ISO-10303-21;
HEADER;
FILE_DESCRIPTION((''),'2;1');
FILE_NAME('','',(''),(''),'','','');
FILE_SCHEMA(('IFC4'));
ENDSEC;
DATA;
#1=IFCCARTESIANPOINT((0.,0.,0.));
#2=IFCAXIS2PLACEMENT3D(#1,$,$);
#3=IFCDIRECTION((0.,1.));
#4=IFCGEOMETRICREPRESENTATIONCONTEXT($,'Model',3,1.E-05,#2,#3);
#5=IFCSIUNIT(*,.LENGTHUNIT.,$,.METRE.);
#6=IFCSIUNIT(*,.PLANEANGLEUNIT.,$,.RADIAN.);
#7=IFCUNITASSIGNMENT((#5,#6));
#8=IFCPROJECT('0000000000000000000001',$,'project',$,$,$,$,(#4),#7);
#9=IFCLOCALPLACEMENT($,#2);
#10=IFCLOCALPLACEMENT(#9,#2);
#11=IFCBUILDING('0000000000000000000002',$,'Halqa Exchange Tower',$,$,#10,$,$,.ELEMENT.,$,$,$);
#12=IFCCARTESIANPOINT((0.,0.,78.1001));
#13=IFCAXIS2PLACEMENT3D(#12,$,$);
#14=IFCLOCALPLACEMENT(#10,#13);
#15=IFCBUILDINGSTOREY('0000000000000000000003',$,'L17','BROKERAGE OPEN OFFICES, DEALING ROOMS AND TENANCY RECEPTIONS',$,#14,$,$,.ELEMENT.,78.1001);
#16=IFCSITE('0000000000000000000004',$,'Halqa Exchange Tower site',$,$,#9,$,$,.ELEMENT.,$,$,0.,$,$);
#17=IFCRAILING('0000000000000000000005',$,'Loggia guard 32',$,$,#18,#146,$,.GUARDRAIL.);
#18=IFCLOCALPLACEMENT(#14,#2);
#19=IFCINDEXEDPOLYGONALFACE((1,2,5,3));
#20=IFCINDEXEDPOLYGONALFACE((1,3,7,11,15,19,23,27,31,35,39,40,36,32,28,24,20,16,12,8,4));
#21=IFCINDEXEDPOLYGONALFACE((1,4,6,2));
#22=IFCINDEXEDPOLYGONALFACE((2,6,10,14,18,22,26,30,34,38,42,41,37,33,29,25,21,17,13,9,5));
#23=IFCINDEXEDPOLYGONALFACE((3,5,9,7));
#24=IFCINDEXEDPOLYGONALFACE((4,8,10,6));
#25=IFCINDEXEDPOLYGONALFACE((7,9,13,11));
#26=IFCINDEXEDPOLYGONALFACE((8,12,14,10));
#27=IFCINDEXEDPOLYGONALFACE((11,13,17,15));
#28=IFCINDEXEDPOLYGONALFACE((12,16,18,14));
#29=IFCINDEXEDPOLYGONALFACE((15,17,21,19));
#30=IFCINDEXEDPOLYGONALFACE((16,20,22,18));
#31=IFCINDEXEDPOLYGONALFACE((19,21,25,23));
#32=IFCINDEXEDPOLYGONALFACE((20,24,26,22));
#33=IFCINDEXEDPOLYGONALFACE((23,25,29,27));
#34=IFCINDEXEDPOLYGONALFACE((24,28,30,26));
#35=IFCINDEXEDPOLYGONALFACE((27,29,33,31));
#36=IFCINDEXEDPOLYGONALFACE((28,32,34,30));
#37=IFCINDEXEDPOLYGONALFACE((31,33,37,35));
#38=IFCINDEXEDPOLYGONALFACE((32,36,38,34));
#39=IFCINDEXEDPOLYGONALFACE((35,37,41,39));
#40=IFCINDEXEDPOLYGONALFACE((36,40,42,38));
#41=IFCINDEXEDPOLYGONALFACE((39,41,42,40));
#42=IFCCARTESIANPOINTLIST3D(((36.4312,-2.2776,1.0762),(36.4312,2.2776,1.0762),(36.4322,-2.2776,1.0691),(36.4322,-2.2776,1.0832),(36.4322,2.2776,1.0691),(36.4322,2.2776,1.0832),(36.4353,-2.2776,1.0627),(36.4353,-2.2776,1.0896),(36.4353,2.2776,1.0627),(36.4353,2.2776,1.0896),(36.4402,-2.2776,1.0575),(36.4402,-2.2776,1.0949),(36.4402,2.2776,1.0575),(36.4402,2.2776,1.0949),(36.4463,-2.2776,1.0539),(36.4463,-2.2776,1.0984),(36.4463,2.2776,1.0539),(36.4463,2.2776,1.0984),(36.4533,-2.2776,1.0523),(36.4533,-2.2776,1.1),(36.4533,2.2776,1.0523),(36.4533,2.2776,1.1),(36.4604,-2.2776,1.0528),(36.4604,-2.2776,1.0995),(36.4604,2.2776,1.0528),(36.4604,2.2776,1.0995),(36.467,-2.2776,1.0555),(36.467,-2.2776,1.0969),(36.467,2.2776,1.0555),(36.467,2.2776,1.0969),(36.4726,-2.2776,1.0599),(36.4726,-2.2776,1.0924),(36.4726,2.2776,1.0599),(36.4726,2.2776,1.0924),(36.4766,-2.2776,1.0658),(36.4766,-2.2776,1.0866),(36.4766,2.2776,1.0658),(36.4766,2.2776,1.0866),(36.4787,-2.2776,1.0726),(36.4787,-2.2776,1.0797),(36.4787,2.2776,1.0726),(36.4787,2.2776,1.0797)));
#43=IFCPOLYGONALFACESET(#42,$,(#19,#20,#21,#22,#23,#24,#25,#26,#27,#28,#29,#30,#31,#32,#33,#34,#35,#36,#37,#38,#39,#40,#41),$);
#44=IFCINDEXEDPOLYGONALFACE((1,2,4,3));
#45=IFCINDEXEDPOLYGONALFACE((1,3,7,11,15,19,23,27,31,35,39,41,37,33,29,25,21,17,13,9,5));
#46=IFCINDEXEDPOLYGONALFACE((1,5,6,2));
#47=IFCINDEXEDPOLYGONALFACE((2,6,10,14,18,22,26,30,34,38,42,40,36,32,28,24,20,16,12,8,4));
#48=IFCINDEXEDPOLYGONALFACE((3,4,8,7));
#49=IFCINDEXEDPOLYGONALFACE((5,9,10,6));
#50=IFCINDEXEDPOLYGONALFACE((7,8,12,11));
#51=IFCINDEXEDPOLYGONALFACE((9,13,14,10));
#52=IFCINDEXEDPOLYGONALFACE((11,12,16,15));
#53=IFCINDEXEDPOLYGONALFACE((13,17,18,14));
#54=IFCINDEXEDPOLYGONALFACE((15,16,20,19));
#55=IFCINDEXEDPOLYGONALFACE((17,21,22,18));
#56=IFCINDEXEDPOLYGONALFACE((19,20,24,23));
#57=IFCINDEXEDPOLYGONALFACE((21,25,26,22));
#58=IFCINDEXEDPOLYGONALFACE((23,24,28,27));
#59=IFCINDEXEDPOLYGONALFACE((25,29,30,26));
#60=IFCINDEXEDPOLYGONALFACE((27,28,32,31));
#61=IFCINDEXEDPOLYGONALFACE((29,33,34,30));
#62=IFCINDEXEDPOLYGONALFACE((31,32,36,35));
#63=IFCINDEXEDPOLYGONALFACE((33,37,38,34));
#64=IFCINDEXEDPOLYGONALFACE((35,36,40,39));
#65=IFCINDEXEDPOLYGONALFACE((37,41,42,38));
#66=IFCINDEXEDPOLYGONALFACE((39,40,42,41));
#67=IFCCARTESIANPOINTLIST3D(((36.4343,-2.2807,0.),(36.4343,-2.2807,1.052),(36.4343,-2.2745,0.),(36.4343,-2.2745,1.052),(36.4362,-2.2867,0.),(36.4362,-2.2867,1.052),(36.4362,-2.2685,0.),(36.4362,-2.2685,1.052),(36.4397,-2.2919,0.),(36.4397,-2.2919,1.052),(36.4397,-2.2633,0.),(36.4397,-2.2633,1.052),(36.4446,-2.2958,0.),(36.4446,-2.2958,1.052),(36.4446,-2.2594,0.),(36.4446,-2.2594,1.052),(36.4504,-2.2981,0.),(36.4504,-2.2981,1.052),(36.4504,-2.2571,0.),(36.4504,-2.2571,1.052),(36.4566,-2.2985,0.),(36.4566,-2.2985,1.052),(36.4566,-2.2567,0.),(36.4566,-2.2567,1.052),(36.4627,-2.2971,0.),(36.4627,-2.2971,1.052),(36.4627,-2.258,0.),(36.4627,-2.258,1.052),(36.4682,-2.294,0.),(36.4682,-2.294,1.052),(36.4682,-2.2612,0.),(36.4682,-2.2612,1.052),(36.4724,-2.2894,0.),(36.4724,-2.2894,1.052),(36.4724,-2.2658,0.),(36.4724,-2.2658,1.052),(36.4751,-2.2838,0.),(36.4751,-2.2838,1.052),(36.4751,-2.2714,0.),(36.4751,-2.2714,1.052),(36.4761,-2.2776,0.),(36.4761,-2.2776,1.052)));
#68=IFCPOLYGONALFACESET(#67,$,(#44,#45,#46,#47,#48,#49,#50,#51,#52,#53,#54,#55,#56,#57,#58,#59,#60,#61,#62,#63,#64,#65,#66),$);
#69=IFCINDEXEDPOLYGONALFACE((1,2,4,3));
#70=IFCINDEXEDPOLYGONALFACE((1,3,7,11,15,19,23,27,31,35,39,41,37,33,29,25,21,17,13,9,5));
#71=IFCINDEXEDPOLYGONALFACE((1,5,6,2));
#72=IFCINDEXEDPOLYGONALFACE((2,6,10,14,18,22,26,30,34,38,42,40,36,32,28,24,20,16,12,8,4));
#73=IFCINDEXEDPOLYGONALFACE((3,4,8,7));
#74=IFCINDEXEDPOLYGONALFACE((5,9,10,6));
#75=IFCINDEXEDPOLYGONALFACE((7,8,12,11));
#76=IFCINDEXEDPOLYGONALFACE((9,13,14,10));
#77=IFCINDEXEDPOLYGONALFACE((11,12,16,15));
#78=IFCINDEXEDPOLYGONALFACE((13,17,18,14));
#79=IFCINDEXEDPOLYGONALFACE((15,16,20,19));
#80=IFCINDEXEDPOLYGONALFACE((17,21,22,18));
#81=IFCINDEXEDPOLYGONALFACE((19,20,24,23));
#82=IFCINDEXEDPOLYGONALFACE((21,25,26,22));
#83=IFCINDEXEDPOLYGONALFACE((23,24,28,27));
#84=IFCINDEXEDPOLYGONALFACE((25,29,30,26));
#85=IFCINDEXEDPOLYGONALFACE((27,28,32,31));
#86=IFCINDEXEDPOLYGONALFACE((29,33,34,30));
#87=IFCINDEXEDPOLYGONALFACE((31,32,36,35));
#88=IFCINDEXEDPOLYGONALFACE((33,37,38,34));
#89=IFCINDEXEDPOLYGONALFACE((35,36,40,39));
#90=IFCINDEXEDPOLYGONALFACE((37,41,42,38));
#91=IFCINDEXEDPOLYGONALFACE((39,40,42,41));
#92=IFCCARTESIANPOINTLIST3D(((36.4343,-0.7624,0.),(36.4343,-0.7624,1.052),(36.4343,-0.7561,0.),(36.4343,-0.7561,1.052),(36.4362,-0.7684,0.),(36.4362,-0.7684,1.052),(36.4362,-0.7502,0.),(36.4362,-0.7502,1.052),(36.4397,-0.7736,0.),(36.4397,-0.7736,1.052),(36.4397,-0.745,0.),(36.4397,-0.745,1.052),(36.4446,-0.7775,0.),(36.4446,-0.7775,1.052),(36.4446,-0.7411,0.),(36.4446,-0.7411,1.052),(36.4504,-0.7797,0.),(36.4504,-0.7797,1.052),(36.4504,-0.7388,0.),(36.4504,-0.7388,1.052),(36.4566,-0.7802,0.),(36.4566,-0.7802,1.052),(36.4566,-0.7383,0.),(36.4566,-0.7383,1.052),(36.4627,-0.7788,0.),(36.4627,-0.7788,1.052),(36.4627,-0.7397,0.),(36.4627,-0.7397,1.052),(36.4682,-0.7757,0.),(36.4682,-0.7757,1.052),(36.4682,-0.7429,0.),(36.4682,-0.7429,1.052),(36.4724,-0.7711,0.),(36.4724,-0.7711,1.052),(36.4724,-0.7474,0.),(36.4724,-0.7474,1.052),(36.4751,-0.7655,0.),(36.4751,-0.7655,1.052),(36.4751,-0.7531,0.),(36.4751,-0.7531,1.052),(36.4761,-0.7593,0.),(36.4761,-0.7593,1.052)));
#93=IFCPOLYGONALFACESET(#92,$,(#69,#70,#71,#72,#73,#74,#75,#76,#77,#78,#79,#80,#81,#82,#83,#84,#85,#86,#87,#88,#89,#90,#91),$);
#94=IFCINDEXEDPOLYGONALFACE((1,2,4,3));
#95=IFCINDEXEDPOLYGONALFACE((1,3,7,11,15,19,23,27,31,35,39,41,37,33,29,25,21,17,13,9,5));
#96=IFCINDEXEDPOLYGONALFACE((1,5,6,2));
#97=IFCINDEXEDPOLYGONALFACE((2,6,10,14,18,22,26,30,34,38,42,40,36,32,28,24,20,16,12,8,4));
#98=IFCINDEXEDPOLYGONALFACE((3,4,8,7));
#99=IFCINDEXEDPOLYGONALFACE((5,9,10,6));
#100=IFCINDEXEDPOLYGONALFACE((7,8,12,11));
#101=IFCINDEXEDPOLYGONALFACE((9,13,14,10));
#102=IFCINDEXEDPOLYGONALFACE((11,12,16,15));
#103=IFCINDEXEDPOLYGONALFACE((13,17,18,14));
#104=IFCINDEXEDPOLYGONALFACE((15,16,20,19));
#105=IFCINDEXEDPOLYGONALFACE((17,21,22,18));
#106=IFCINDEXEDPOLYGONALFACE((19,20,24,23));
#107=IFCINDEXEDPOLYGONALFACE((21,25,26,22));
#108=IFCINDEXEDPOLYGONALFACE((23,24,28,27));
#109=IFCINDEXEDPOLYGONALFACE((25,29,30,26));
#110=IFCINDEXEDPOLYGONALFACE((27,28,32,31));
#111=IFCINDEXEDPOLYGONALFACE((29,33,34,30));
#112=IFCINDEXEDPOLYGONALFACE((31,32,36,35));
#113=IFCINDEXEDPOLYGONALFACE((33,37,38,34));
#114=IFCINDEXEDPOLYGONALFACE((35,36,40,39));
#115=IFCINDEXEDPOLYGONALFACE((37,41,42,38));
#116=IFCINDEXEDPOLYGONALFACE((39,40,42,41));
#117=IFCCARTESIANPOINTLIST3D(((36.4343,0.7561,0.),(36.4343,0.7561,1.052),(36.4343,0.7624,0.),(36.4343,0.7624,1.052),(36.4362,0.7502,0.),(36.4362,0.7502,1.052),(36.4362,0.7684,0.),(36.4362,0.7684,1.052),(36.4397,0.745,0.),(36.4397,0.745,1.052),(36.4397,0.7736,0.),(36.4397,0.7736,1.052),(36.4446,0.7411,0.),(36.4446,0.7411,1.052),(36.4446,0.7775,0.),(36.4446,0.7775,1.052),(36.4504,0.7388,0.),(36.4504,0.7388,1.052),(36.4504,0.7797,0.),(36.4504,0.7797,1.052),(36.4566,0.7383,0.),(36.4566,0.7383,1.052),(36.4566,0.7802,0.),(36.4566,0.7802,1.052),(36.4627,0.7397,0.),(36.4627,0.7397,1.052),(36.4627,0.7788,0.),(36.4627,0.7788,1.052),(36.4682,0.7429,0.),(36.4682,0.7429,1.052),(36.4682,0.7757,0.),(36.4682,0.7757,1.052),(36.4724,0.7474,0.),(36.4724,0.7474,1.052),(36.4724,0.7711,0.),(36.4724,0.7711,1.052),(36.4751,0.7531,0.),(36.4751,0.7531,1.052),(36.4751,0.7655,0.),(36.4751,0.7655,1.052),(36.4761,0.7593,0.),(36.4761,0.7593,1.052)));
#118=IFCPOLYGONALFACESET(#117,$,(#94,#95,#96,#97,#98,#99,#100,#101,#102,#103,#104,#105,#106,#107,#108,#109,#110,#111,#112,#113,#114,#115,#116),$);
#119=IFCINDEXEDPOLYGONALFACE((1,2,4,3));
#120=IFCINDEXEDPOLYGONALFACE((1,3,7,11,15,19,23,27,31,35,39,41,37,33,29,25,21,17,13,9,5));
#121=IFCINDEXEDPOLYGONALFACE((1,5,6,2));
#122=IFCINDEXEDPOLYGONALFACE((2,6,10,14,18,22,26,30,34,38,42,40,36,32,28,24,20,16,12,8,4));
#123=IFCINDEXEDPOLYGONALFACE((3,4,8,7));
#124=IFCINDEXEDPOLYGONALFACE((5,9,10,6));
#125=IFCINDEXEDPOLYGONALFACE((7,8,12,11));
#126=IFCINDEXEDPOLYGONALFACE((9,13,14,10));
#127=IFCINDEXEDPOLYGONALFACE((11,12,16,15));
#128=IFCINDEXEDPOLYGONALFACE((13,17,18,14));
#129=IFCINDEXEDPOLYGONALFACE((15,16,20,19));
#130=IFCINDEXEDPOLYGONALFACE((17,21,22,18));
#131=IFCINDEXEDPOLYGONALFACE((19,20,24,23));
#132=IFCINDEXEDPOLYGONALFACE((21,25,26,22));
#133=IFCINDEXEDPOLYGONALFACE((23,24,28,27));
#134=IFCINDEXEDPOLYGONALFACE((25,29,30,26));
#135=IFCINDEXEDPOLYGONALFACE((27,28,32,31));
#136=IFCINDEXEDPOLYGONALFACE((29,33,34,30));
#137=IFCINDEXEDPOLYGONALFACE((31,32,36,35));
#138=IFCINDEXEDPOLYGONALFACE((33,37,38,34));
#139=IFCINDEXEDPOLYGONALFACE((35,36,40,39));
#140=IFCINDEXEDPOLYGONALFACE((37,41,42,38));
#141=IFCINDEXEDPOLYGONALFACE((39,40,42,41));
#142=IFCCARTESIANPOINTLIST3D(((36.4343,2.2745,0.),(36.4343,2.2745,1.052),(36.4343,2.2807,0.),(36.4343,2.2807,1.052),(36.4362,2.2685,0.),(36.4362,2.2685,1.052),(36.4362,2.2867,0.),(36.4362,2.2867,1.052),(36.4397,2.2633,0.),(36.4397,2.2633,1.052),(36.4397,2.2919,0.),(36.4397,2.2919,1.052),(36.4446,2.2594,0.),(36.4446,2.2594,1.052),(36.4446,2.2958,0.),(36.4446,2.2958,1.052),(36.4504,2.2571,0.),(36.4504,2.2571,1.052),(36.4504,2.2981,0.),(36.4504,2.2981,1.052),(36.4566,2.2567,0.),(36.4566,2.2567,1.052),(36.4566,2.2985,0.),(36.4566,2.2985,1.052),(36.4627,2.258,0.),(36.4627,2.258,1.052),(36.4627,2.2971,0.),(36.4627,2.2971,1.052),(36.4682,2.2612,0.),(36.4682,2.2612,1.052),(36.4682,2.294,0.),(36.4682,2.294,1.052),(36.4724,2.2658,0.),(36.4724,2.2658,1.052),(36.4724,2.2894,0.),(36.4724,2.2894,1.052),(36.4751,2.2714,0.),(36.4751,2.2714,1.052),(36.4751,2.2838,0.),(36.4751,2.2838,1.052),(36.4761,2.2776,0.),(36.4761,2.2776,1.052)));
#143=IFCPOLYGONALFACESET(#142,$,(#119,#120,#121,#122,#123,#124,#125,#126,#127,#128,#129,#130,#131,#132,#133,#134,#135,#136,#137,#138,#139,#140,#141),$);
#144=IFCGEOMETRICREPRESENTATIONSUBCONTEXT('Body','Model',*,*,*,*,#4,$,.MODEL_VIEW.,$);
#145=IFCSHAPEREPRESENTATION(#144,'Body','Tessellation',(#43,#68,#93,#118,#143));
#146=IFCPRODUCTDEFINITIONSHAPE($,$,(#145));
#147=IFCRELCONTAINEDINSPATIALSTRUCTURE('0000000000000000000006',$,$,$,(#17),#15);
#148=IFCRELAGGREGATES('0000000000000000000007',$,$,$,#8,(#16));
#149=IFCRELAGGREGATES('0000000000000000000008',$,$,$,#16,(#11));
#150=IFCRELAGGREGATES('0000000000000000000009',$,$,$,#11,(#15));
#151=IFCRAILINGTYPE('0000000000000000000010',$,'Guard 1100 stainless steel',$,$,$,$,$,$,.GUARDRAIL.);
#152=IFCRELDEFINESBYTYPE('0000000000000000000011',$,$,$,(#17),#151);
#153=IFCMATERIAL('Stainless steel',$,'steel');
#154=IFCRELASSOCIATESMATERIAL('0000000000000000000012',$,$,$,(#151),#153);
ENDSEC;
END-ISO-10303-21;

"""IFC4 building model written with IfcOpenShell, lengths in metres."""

from ifc_helpers import new_model, si_unit, direction, frame, origin, origin_2d, place, context, subcontext, project, spatial, circle, extrude, material, type_object, element, save


model = new_model("IFC4")

# Units and contexts
model_context = context("Model", 3, precision=1e-05, world=origin(), true_north=direction((0.0, 1.0)))
body_context = subcontext(model_context, "Body", "Model", "MODEL_VIEW")
ifc_project = project(units=[si_unit("LENGTHUNIT", "METRE"), si_unit("PLANEANGLEUNIT", "RADIAN")], contexts=[model_context])

# Site, building, storey
site_placement = place(None, origin())
site = spatial("IfcSite", under=ifc_project, at=site_placement, Name="Halqa Exchange Tower site", CompositionType="ELEMENT", RefElevation=0.0)
building_placement = place(site_placement, origin())
building = spatial("IfcBuilding", under=site, at=building_placement, Name="Halqa Exchange Tower", CompositionType="ELEMENT")
storey_placement = place(building_placement, frame((0.0, 0.0, 78.1001)))
storey = spatial("IfcBuildingStorey", under=building, at=storey_placement, Name="L17", Description="BROKERAGE OPEN OFFICES, DEALING ROOMS AND TENANCY RECEPTIONS", CompositionType="ELEMENT", Elevation=78.1001)

# Railing
ifc_material_1 = material(Name="Stainless steel", Category="steel")
railing_type = type_object("IfcRailingType", Name="Guard 1100 stainless steel", PredefinedType="GUARDRAIL", material=ifc_material_1)
railing_1_placement = place(storey_placement, frame((36.4551, -2.2776, 0.0)))
element("IfcRailing", 1, at=railing_1_placement, inside=storey, type_object=railing_type, Name="Loggia guard 32", PredefinedType="GUARDRAIL", context=body_context, shape_type="SweptSolid", body=[
    extrude(circle(Radius=0.0239, at=origin_2d()), frame((0.0, 0.0, 1.0762), z_axis=(0.0, 1.0, 0.0), x_axis=(-1.0, 0.0, 0.0)), (0.0, 0.0, 1.0), 4.5552),
    extrude(circle(Radius=0.021, at=origin_2d()), origin(), (0.0, 0.0, 1.0), 1.052),
    extrude(circle(Radius=0.021, at=origin_2d()), frame((0.0, 1.5183, 0.0)), (0.0, 0.0, 1.0), 1.052),
    extrude(circle(Radius=0.021, at=origin_2d()), frame((0.0, 3.0369, 0.0)), (0.0, 0.0, 1.0), 1.052),
    extrude(circle(Radius=0.021, at=origin_2d()), frame((0.0, 4.5552, 0.0)), (0.0, 0.0, 1.0), 1.052),
])

save(model, "model.ifc")
